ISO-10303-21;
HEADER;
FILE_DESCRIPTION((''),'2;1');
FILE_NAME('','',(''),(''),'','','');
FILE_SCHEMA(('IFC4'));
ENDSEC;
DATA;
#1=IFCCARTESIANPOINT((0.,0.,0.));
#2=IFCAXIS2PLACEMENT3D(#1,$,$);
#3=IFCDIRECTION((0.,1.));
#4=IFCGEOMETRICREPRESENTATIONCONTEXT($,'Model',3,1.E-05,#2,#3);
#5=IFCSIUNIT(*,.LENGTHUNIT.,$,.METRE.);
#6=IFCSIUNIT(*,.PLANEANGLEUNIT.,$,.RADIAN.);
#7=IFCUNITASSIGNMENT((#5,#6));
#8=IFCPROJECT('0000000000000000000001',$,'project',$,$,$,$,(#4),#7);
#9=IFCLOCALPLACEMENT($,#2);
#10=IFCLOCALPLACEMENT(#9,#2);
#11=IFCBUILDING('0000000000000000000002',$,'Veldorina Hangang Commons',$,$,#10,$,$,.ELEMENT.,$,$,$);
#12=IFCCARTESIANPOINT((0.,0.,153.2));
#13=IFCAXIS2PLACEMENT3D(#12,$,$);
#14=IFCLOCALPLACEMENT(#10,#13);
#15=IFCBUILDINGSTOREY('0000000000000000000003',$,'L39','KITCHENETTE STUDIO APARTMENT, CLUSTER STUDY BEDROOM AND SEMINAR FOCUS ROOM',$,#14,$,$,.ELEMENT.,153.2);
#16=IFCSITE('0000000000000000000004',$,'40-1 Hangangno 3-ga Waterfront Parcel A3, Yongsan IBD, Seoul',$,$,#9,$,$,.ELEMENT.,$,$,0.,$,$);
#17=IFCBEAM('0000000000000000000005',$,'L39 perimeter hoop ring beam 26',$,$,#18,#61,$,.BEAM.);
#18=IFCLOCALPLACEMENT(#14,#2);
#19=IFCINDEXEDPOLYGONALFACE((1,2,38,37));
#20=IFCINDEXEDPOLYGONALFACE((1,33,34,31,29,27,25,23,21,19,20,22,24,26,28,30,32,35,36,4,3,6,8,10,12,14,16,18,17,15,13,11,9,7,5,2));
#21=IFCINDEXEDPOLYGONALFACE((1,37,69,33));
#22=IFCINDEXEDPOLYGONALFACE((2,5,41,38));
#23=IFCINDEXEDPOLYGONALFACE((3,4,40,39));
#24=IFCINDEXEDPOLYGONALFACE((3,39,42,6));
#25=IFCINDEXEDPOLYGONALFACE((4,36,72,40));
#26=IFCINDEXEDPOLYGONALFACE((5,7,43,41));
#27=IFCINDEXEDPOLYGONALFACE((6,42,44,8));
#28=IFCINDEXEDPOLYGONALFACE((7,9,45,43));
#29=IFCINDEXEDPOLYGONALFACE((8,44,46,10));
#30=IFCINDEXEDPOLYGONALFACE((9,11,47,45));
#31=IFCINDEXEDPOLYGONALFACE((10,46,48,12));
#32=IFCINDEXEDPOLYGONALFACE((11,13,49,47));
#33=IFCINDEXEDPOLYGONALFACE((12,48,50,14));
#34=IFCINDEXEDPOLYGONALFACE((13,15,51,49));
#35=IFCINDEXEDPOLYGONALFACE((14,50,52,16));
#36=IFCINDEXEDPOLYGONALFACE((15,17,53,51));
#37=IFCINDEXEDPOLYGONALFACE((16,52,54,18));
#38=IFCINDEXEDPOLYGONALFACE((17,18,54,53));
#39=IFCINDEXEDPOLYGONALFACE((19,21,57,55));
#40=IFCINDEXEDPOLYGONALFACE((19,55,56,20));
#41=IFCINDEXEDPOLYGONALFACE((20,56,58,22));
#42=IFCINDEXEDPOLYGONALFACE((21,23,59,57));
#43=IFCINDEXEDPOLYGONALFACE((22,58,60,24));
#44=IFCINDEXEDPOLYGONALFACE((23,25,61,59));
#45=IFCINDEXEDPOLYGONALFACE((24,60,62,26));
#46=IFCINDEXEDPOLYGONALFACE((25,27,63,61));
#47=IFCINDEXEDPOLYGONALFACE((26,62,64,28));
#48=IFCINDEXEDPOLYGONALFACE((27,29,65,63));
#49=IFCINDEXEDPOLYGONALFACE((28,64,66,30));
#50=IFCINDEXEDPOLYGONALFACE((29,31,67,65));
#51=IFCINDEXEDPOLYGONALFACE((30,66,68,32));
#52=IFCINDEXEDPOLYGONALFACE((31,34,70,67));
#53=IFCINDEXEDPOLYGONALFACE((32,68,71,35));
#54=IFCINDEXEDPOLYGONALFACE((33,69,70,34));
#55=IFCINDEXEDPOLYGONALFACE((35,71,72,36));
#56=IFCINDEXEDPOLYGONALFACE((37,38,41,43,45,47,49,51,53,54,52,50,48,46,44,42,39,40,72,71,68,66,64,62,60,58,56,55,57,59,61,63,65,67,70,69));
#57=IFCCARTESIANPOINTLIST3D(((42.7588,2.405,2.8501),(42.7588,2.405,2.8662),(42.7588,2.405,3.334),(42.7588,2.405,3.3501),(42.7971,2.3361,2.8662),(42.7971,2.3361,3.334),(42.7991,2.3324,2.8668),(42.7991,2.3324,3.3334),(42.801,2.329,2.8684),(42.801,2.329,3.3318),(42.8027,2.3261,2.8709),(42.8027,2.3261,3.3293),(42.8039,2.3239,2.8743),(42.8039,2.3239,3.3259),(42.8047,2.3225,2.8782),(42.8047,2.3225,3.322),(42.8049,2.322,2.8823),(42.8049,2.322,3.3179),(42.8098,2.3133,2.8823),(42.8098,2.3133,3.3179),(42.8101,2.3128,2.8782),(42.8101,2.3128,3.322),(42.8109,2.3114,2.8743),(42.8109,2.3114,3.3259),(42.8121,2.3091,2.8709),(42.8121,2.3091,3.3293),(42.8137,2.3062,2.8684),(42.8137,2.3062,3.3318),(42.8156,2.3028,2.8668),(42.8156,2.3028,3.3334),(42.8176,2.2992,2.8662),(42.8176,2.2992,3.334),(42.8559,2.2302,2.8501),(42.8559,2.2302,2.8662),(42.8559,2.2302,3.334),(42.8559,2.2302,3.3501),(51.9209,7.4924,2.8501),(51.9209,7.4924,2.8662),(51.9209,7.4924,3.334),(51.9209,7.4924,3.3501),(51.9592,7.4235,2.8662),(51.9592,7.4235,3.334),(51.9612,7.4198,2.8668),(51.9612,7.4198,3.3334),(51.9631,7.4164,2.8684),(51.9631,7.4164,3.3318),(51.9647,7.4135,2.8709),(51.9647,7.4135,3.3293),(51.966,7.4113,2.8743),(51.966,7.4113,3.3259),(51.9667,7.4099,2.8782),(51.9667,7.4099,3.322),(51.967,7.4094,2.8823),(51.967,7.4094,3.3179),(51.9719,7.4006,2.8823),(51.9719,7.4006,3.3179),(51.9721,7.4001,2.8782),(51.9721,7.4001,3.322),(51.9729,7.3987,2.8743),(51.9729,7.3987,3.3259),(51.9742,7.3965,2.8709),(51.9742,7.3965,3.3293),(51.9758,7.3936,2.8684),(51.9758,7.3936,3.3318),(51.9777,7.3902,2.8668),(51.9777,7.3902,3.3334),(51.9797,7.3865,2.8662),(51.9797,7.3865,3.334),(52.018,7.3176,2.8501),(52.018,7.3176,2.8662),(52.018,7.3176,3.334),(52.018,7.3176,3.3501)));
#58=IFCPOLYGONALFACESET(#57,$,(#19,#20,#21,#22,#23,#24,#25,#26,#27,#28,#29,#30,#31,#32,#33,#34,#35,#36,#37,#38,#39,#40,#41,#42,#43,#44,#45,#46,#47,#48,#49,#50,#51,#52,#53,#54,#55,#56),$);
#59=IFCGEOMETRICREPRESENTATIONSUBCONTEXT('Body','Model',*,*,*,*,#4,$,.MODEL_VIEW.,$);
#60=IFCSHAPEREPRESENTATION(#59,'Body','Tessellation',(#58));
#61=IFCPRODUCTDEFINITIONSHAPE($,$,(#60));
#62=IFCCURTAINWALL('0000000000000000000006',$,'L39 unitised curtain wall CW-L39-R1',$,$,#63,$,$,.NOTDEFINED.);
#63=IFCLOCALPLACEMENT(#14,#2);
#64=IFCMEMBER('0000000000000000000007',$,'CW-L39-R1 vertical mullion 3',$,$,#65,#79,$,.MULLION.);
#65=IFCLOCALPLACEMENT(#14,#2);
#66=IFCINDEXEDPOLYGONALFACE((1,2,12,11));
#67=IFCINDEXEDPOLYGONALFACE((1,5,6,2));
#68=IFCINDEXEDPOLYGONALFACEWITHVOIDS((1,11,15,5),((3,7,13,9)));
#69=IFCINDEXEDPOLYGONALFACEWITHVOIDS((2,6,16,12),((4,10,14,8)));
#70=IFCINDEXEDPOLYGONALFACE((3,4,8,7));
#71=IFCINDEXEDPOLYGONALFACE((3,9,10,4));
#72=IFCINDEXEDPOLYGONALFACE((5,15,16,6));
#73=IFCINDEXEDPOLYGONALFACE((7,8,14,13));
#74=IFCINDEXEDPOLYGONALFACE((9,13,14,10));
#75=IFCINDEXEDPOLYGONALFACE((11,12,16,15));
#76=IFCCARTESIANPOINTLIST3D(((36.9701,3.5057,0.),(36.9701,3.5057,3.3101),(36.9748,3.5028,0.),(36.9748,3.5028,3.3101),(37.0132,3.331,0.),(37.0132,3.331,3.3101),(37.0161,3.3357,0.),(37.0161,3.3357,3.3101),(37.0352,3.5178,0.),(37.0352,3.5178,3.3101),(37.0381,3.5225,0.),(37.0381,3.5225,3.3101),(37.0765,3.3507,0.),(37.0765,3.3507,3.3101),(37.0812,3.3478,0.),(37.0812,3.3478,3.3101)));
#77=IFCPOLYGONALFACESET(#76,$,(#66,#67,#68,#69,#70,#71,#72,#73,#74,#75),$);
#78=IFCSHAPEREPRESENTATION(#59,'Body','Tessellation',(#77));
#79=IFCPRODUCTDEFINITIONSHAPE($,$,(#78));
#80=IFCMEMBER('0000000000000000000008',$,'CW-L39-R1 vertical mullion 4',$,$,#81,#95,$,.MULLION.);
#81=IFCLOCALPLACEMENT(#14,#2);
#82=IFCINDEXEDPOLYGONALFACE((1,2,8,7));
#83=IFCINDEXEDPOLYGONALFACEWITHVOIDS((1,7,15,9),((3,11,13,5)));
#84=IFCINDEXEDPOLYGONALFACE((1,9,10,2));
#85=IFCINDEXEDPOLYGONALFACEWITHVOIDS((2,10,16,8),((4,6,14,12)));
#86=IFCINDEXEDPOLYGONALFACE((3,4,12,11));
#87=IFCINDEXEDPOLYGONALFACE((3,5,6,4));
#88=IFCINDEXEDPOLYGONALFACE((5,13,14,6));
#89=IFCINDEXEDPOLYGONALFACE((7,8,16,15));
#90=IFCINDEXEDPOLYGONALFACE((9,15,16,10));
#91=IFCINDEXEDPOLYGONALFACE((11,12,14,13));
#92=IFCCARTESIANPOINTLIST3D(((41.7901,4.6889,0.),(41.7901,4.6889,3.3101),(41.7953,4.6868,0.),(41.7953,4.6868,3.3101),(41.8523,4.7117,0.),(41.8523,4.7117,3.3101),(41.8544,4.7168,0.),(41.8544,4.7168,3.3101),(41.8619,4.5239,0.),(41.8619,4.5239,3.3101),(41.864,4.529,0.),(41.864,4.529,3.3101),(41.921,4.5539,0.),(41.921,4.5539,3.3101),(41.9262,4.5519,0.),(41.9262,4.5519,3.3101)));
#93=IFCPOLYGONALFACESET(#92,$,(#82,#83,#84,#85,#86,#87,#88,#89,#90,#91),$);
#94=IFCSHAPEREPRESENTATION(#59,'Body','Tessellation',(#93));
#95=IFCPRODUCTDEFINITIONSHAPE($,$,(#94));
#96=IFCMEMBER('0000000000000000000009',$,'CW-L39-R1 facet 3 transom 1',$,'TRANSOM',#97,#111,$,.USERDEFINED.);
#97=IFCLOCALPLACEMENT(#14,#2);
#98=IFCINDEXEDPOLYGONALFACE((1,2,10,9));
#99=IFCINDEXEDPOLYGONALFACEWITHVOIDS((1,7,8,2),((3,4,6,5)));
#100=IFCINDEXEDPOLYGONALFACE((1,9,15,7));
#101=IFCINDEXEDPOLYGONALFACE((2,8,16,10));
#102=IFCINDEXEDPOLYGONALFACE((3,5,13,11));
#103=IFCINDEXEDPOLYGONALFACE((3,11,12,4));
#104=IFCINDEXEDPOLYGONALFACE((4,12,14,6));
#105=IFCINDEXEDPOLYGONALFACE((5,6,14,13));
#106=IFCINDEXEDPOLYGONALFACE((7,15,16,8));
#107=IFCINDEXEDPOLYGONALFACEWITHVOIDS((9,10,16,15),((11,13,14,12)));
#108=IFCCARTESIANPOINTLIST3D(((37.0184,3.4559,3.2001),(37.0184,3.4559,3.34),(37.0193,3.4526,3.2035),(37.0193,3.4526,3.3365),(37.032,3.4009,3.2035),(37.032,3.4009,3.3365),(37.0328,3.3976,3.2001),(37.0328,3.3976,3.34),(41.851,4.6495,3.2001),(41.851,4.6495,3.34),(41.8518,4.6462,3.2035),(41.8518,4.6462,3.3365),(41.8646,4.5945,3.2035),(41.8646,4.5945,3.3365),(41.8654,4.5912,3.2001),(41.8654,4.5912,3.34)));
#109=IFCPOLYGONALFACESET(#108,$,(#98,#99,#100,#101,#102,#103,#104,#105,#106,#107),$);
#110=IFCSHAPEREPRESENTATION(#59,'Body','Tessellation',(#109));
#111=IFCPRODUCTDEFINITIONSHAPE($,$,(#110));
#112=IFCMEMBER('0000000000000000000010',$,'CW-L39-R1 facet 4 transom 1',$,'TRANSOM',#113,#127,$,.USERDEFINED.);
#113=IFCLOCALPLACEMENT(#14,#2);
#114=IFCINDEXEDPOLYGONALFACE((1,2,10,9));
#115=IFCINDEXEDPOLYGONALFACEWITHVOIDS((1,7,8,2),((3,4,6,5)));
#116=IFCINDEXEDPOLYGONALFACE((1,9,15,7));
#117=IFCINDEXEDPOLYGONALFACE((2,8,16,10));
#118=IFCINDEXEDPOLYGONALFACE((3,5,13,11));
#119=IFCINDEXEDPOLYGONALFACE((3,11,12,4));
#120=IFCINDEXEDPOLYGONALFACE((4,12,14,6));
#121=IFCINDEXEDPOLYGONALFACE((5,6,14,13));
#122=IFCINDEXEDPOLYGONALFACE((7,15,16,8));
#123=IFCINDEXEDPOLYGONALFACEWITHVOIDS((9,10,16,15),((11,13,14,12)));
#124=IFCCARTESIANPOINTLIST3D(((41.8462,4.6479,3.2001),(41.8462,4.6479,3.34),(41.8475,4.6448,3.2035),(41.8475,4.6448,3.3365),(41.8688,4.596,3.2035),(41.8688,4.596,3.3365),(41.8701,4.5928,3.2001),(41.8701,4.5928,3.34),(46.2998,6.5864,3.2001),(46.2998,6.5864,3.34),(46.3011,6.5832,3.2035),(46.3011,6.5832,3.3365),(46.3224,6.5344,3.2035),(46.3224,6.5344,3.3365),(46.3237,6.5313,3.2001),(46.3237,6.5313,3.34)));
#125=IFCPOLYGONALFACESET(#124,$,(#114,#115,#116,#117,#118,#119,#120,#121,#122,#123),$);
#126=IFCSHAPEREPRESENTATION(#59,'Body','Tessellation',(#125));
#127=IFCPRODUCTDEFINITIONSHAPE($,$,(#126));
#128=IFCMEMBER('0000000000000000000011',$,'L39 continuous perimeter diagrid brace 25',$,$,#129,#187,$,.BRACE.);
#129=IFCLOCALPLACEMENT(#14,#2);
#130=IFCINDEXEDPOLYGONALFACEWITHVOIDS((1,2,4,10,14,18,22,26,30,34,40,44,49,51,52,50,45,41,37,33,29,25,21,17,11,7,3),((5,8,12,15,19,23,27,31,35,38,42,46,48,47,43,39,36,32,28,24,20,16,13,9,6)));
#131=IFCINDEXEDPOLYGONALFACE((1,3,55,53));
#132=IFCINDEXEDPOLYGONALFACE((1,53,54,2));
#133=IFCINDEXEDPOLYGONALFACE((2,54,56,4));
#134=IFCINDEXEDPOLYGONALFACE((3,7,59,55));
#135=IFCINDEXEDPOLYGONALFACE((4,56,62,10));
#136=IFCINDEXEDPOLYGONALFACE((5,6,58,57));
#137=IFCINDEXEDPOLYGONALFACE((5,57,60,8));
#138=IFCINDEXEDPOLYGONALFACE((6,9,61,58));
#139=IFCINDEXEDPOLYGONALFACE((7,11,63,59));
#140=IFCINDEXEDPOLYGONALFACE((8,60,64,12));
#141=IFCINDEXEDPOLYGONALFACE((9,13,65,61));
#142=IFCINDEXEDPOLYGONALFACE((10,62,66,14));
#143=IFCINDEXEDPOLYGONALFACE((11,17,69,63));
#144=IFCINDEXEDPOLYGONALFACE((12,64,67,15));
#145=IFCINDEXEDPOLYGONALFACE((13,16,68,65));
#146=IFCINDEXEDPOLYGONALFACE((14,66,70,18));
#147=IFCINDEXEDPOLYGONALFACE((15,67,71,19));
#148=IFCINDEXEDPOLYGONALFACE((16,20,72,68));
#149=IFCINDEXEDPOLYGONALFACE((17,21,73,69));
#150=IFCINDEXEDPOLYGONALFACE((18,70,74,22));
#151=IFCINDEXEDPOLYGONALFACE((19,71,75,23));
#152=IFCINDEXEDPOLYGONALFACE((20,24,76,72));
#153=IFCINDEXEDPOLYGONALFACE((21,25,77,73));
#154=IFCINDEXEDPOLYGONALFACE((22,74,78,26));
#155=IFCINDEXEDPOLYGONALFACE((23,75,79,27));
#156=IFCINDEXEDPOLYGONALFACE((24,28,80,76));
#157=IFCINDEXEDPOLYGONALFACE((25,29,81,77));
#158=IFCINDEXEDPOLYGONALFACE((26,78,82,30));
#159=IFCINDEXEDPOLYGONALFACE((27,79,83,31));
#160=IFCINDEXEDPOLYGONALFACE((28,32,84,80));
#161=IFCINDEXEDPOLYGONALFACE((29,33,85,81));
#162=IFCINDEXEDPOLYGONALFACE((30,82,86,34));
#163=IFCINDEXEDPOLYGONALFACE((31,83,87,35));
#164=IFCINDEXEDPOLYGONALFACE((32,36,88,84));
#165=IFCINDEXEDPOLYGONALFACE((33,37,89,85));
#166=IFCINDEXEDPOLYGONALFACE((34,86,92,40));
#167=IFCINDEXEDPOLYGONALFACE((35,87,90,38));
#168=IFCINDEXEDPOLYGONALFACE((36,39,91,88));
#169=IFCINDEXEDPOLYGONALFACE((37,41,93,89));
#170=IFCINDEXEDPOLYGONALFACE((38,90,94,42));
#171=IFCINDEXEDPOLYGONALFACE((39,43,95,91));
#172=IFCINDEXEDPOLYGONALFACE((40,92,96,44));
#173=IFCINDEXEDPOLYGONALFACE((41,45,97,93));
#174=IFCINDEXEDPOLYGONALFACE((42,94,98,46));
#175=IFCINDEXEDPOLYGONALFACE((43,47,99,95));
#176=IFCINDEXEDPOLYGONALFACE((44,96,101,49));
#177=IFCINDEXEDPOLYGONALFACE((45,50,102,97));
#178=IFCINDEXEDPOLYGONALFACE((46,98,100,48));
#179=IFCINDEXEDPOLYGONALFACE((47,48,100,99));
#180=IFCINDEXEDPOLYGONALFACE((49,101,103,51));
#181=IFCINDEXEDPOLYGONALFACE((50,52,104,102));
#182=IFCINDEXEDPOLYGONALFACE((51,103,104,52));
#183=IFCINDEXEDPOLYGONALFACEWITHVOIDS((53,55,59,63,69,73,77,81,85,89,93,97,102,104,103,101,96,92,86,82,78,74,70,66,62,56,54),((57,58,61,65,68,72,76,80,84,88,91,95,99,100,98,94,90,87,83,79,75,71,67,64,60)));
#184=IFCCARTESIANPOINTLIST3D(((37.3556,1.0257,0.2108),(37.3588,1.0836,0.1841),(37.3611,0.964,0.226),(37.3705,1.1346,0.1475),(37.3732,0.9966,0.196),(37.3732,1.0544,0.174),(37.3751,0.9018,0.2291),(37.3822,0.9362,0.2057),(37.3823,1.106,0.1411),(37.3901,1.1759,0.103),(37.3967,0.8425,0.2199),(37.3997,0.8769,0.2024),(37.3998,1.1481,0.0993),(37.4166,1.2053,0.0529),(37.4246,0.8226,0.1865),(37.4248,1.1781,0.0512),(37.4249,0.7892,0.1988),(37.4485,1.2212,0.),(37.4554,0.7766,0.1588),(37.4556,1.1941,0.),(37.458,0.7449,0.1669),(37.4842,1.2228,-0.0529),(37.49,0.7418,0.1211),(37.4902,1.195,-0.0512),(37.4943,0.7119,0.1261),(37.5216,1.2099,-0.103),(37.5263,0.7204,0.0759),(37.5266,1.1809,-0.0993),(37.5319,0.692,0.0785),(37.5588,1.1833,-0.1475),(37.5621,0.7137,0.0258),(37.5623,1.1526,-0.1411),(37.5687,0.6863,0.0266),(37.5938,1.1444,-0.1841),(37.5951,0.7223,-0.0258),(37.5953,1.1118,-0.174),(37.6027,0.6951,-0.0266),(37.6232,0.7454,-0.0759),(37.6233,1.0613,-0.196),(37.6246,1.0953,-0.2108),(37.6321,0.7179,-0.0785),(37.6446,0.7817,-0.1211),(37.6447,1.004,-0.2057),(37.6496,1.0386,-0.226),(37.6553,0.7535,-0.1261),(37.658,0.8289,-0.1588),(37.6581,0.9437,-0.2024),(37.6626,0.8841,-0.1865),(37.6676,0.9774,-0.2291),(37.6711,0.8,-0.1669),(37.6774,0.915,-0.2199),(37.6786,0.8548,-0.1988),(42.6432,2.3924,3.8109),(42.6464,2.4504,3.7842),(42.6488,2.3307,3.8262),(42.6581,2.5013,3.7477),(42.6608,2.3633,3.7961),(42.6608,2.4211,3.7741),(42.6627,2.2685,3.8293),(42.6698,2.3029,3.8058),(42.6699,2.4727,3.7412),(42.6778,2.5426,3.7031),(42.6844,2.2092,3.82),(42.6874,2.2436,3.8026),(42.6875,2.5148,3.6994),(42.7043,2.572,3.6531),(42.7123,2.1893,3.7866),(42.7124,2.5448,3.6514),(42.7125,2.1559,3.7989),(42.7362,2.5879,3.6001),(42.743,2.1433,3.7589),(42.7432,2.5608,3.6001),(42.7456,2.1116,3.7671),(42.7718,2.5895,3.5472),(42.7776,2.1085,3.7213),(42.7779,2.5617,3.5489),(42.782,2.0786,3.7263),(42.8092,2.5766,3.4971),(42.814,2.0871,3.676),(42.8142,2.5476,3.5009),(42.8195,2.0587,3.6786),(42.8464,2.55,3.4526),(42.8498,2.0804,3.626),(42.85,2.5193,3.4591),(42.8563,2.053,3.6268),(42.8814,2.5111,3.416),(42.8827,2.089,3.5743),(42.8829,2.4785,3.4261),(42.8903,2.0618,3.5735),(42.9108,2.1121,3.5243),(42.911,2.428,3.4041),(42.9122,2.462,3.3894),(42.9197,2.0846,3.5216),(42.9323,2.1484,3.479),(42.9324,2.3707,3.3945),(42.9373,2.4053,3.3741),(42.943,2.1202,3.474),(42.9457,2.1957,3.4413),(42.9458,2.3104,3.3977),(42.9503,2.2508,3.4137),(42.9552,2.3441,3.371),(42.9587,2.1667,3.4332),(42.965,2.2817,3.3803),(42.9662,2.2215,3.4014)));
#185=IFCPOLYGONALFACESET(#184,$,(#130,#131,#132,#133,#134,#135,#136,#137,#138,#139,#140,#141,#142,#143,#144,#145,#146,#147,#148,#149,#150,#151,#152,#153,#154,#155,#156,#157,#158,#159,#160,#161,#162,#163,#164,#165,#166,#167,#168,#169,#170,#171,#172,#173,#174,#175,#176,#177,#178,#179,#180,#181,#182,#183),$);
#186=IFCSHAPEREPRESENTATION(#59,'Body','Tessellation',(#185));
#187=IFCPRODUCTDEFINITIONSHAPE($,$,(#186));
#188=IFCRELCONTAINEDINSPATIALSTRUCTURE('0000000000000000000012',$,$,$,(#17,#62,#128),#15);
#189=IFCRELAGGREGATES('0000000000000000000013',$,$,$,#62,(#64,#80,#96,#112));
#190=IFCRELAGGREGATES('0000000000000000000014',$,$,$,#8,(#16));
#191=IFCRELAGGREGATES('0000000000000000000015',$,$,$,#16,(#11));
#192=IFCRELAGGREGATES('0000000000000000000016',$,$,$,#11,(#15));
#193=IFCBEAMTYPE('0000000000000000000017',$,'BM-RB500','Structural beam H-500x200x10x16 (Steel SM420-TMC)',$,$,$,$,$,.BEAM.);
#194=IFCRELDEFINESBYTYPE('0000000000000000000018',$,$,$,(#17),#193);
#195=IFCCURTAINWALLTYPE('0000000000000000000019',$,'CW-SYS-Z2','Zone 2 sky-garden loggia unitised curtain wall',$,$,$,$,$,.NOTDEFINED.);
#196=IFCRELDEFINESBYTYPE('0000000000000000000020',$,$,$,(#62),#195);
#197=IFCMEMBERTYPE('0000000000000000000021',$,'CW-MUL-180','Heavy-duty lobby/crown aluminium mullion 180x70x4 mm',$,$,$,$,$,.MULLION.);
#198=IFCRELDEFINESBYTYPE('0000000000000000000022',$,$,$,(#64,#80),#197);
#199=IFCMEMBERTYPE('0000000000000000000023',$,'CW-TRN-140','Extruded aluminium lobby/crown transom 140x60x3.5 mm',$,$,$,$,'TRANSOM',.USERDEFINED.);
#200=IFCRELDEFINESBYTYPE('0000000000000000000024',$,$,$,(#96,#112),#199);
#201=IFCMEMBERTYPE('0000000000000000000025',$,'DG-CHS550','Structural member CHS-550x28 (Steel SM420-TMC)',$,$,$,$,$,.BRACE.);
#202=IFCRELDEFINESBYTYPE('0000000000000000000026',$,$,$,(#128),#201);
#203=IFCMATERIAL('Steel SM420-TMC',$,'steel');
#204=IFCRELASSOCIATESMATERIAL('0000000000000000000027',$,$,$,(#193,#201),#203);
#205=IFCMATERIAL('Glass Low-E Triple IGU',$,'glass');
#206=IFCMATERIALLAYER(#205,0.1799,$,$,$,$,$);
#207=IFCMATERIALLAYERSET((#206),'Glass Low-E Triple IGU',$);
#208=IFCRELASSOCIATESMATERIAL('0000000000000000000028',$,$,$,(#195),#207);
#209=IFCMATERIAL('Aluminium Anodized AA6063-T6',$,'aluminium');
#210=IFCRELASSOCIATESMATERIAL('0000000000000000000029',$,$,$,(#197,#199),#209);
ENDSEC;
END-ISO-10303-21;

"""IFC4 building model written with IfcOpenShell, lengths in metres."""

from ifc_helpers import new_model, si_unit, direction, frame, origin, origin_2d, place, context, subcontext, project, spatial, hollow_rectangle, hollow_circle, i_section, extrude, material, layer, layer_set, material_profile, profile_set, type_object, element, aggregate, save


model = new_model("IFC4")

# Units and contexts
model_context = context("Model", 3, precision=1e-05, world=origin(), true_north=direction((0.0, 1.0)))
body_context = subcontext(model_context, "Body", "Model", "MODEL_VIEW")
ifc_project = project(units=[si_unit("LENGTHUNIT", "METRE"), si_unit("PLANEANGLEUNIT", "RADIAN")], contexts=[model_context])

# Site, building, storey
site_placement = place(None, origin())
site = spatial("IfcSite", under=ifc_project, at=site_placement, Name="40-1 Hangangno 3-ga Waterfront Parcel A3, Yongsan IBD, Seoul", CompositionType="ELEMENT", RefElevation=0.0)
building_placement = place(site_placement, origin())
building = spatial("IfcBuilding", under=site, at=building_placement, Name="Veldorina Hangang Commons", CompositionType="ELEMENT")
storey_placement = place(building_placement, frame((0.0, 0.0, 153.2)))
storey = spatial("IfcBuildingStorey", under=building, at=storey_placement, Name="L39", Description="KITCHENETTE STUDIO APARTMENT, CLUSTER STUDY BEDROOM AND SEMINAR FOCUS ROOM", CompositionType="ELEMENT", Elevation=153.2)

# Beam
ifc_material_1 = material(Name="Steel SM420-TMC", Category="steel")
ifc_material_profile_1 = material_profile(ifc_material_1, i_section(OverallWidth=0.2, OverallDepth=0.5, WebThickness=0.01, FlangeThickness=0.0161, FilletRadius=0.0161, at=origin_2d()), Name="H-500x200x10x16")
ifc_profile_set_1 = profile_set([ifc_material_profile_1], Name="Steel SM420-TMC")
beam_type = type_object("IfcBeamType", Name="BM-RB500", Description="Structural beam H-500x200x10x16 (Steel SM420-TMC)", PredefinedType="BEAM", material=ifc_profile_set_1)
beam_placement = place(storey_placement, frame((42.8074, 2.3176, 3.1001), z_axis=(0.874265, 0.485449, 0.0), x_axis=(-0.485449, 0.874265, 0.0)))
element("IfcBeam", 1, at=beam_placement, inside=storey, type_object=beam_type, Name="L39 perimeter hoop ring beam 26", PredefinedType="BEAM", context=body_context, shape_type="SweptSolid", body=[
    extrude(i_section(OverallWidth=0.2, OverallDepth=0.5, WebThickness=0.01, FlangeThickness=0.0161, FilletRadius=0.0161, at=origin_2d()), origin(), (0.0, 0.0, 1.0), 10.4797),
])

# Curtain wall, members
ifc_material_2 = material(Name="Glass Low-E Triple IGU", Category="glass")
ifc_layer_1 = layer(ifc_material_2, 0.1799)
ifc_layer_set_1 = layer_set([ifc_layer_1], Name="Glass Low-E Triple IGU")
curtain_wall_type = type_object("IfcCurtainWallType", Name="CW-SYS-Z2", Description="Zone 2 sky-garden loggia unitised curtain wall", PredefinedType="NOTDEFINED", material=ifc_layer_set_1)
curtain_wall_placement = place(storey_placement, origin())
curtain_wall = element("IfcCurtainWall", 2, at=curtain_wall_placement, inside=storey, type_object=curtain_wall_type, Name="L39 unitised curtain wall CW-L39-R1", PredefinedType="NOTDEFINED")
ifc_material_3 = material(Name="Aluminium Anodized AA6063-T6", Category="aluminium")
ifc_material_profile_2 = material_profile(ifc_material_3, hollow_rectangle(XDim=0.0701, YDim=0.1799, WallThickness=0.0039, at=origin_2d()), Name="ALU-RHS-180x70x4")
ifc_profile_set_2 = profile_set([ifc_material_profile_2], Name="Aluminium Anodized AA6063-T6")
member_type_1 = type_object("IfcMemberType", Name="CW-MUL-180", Description="Heavy-duty lobby/crown aluminium mullion 180x70x4 mm", PredefinedType="MULLION", material=ifc_profile_set_2)
member_1_placement = place(storey_placement, frame((37.0256, 3.4268, 0.0), z_axis=(0.0, 0.0, 1.0), x_axis=(0.970825, 0.239788, 0.0)))
member_1 = element("IfcMember", 3, at=member_1_placement, type_object=member_type_1, Name="CW-L39-R1 vertical mullion 3", PredefinedType="MULLION", context=body_context, shape_type="SweptSolid", body=[
    extrude(hollow_rectangle(XDim=0.0701, YDim=0.1799, WallThickness=0.0039, at=origin_2d()), origin(), (0.0, 0.0, 1.0), 3.3101),
])
member_2_placement = place(storey_placement, frame((41.8582, 4.6204, 0.0), z_axis=(0.0, 0.0, 1.0), x_axis=(0.916907, 0.399101, 0.0)))
member_2 = element("IfcMember", 4, at=member_2_placement, type_object=member_type_1, Name="CW-L39-R1 vertical mullion 4", PredefinedType="MULLION", context=body_context, shape_type="SweptSolid", body=[
    extrude(hollow_rectangle(XDim=0.0701, YDim=0.1799, WallThickness=0.0039, at=origin_2d()), origin(), (0.0, 0.0, 1.0), 3.3101),
])
ifc_material_profile_3 = material_profile(ifc_material_3, hollow_rectangle(XDim=0.0601, YDim=0.1399, WallThickness=0.0034, at=origin_2d()), Name="ALU-RHS-140x60x3.5")
ifc_profile_set_3 = profile_set([ifc_material_profile_3], Name="Aluminium Anodized AA6063-T6")
member_type_2 = type_object("IfcMemberType", Name="CW-TRN-140", Description="Extruded aluminium lobby/crown transom 140x60x3.5 mm", ElementType="TRANSOM", PredefinedType="USERDEFINED", material=ifc_profile_set_3)
member_3_placement = place(storey_placement, frame((37.0256, 3.4268, 3.27), z_axis=(0.970825, 0.239788, 0.0), x_axis=(-0.239788, 0.970825, 0.0)))
member_3 = element("IfcMember", 5, at=member_3_placement, type_object=member_type_2, Name="CW-L39-R1 facet 3 transom 1", ObjectType="TRANSOM", PredefinedType="USERDEFINED", context=body_context, shape_type="SweptSolid", body=[
    extrude(hollow_rectangle(XDim=0.0601, YDim=0.1399, WallThickness=0.0034, at=origin_2d()), origin(), (0.0, 0.0, 1.0), 4.9778),
])
member_4_placement = place(storey_placement, frame((41.8582, 4.6204, 3.27), z_axis=(0.91691, 0.399094, 0.0), x_axis=(-0.399094, 0.91691, 0.0)))
member_4 = element("IfcMember", 6, at=member_4_placement, type_object=member_type_2, Name="CW-L39-R1 facet 4 transom 1", ObjectType="TRANSOM", PredefinedType="USERDEFINED", context=body_context, shape_type="SweptSolid", body=[
    extrude(hollow_rectangle(XDim=0.0601, YDim=0.1399, WallThickness=0.0034, at=origin_2d()), origin(), (0.0, 0.0, 1.0), 4.8572),
])

# Member
ifc_material_profile_4 = material_profile(ifc_material_1, hollow_circle(Radius=0.2749, WallThickness=0.0281, at=origin_2d()), Name="CHS-550x28")
ifc_profile_set_4 = profile_set([ifc_material_profile_4], Name="Steel SM420-TMC")
member_type_3 = type_object("IfcMemberType", Name="DG-CHS550", Description="Structural member CHS-550x28 (Steel SM420-TMC)", PredefinedType="BRACE", material=ifc_profile_set_4)
member_5_placement = place(storey_placement, frame((37.5173, 0.9551, 0.0), z_axis=(0.808353, 0.208937, 0.550373), x_axis=(-0.250248, 0.968182, 0.0)))
element("IfcMember", 7, at=member_5_placement, inside=storey, type_object=member_type_3, Name="L39 continuous perimeter diagrid brace 25", PredefinedType="BRACE", context=body_context, shape_type="SweptSolid", body=[
    extrude(hollow_circle(Radius=0.2749, WallThickness=0.0281, at=origin_2d()), origin(), (0.0, 0.0, 1.0), 6.5413),
])

aggregate(curtain_wall, [member_1, member_2, member_3, member_4])

save(model, "model.ifc")
